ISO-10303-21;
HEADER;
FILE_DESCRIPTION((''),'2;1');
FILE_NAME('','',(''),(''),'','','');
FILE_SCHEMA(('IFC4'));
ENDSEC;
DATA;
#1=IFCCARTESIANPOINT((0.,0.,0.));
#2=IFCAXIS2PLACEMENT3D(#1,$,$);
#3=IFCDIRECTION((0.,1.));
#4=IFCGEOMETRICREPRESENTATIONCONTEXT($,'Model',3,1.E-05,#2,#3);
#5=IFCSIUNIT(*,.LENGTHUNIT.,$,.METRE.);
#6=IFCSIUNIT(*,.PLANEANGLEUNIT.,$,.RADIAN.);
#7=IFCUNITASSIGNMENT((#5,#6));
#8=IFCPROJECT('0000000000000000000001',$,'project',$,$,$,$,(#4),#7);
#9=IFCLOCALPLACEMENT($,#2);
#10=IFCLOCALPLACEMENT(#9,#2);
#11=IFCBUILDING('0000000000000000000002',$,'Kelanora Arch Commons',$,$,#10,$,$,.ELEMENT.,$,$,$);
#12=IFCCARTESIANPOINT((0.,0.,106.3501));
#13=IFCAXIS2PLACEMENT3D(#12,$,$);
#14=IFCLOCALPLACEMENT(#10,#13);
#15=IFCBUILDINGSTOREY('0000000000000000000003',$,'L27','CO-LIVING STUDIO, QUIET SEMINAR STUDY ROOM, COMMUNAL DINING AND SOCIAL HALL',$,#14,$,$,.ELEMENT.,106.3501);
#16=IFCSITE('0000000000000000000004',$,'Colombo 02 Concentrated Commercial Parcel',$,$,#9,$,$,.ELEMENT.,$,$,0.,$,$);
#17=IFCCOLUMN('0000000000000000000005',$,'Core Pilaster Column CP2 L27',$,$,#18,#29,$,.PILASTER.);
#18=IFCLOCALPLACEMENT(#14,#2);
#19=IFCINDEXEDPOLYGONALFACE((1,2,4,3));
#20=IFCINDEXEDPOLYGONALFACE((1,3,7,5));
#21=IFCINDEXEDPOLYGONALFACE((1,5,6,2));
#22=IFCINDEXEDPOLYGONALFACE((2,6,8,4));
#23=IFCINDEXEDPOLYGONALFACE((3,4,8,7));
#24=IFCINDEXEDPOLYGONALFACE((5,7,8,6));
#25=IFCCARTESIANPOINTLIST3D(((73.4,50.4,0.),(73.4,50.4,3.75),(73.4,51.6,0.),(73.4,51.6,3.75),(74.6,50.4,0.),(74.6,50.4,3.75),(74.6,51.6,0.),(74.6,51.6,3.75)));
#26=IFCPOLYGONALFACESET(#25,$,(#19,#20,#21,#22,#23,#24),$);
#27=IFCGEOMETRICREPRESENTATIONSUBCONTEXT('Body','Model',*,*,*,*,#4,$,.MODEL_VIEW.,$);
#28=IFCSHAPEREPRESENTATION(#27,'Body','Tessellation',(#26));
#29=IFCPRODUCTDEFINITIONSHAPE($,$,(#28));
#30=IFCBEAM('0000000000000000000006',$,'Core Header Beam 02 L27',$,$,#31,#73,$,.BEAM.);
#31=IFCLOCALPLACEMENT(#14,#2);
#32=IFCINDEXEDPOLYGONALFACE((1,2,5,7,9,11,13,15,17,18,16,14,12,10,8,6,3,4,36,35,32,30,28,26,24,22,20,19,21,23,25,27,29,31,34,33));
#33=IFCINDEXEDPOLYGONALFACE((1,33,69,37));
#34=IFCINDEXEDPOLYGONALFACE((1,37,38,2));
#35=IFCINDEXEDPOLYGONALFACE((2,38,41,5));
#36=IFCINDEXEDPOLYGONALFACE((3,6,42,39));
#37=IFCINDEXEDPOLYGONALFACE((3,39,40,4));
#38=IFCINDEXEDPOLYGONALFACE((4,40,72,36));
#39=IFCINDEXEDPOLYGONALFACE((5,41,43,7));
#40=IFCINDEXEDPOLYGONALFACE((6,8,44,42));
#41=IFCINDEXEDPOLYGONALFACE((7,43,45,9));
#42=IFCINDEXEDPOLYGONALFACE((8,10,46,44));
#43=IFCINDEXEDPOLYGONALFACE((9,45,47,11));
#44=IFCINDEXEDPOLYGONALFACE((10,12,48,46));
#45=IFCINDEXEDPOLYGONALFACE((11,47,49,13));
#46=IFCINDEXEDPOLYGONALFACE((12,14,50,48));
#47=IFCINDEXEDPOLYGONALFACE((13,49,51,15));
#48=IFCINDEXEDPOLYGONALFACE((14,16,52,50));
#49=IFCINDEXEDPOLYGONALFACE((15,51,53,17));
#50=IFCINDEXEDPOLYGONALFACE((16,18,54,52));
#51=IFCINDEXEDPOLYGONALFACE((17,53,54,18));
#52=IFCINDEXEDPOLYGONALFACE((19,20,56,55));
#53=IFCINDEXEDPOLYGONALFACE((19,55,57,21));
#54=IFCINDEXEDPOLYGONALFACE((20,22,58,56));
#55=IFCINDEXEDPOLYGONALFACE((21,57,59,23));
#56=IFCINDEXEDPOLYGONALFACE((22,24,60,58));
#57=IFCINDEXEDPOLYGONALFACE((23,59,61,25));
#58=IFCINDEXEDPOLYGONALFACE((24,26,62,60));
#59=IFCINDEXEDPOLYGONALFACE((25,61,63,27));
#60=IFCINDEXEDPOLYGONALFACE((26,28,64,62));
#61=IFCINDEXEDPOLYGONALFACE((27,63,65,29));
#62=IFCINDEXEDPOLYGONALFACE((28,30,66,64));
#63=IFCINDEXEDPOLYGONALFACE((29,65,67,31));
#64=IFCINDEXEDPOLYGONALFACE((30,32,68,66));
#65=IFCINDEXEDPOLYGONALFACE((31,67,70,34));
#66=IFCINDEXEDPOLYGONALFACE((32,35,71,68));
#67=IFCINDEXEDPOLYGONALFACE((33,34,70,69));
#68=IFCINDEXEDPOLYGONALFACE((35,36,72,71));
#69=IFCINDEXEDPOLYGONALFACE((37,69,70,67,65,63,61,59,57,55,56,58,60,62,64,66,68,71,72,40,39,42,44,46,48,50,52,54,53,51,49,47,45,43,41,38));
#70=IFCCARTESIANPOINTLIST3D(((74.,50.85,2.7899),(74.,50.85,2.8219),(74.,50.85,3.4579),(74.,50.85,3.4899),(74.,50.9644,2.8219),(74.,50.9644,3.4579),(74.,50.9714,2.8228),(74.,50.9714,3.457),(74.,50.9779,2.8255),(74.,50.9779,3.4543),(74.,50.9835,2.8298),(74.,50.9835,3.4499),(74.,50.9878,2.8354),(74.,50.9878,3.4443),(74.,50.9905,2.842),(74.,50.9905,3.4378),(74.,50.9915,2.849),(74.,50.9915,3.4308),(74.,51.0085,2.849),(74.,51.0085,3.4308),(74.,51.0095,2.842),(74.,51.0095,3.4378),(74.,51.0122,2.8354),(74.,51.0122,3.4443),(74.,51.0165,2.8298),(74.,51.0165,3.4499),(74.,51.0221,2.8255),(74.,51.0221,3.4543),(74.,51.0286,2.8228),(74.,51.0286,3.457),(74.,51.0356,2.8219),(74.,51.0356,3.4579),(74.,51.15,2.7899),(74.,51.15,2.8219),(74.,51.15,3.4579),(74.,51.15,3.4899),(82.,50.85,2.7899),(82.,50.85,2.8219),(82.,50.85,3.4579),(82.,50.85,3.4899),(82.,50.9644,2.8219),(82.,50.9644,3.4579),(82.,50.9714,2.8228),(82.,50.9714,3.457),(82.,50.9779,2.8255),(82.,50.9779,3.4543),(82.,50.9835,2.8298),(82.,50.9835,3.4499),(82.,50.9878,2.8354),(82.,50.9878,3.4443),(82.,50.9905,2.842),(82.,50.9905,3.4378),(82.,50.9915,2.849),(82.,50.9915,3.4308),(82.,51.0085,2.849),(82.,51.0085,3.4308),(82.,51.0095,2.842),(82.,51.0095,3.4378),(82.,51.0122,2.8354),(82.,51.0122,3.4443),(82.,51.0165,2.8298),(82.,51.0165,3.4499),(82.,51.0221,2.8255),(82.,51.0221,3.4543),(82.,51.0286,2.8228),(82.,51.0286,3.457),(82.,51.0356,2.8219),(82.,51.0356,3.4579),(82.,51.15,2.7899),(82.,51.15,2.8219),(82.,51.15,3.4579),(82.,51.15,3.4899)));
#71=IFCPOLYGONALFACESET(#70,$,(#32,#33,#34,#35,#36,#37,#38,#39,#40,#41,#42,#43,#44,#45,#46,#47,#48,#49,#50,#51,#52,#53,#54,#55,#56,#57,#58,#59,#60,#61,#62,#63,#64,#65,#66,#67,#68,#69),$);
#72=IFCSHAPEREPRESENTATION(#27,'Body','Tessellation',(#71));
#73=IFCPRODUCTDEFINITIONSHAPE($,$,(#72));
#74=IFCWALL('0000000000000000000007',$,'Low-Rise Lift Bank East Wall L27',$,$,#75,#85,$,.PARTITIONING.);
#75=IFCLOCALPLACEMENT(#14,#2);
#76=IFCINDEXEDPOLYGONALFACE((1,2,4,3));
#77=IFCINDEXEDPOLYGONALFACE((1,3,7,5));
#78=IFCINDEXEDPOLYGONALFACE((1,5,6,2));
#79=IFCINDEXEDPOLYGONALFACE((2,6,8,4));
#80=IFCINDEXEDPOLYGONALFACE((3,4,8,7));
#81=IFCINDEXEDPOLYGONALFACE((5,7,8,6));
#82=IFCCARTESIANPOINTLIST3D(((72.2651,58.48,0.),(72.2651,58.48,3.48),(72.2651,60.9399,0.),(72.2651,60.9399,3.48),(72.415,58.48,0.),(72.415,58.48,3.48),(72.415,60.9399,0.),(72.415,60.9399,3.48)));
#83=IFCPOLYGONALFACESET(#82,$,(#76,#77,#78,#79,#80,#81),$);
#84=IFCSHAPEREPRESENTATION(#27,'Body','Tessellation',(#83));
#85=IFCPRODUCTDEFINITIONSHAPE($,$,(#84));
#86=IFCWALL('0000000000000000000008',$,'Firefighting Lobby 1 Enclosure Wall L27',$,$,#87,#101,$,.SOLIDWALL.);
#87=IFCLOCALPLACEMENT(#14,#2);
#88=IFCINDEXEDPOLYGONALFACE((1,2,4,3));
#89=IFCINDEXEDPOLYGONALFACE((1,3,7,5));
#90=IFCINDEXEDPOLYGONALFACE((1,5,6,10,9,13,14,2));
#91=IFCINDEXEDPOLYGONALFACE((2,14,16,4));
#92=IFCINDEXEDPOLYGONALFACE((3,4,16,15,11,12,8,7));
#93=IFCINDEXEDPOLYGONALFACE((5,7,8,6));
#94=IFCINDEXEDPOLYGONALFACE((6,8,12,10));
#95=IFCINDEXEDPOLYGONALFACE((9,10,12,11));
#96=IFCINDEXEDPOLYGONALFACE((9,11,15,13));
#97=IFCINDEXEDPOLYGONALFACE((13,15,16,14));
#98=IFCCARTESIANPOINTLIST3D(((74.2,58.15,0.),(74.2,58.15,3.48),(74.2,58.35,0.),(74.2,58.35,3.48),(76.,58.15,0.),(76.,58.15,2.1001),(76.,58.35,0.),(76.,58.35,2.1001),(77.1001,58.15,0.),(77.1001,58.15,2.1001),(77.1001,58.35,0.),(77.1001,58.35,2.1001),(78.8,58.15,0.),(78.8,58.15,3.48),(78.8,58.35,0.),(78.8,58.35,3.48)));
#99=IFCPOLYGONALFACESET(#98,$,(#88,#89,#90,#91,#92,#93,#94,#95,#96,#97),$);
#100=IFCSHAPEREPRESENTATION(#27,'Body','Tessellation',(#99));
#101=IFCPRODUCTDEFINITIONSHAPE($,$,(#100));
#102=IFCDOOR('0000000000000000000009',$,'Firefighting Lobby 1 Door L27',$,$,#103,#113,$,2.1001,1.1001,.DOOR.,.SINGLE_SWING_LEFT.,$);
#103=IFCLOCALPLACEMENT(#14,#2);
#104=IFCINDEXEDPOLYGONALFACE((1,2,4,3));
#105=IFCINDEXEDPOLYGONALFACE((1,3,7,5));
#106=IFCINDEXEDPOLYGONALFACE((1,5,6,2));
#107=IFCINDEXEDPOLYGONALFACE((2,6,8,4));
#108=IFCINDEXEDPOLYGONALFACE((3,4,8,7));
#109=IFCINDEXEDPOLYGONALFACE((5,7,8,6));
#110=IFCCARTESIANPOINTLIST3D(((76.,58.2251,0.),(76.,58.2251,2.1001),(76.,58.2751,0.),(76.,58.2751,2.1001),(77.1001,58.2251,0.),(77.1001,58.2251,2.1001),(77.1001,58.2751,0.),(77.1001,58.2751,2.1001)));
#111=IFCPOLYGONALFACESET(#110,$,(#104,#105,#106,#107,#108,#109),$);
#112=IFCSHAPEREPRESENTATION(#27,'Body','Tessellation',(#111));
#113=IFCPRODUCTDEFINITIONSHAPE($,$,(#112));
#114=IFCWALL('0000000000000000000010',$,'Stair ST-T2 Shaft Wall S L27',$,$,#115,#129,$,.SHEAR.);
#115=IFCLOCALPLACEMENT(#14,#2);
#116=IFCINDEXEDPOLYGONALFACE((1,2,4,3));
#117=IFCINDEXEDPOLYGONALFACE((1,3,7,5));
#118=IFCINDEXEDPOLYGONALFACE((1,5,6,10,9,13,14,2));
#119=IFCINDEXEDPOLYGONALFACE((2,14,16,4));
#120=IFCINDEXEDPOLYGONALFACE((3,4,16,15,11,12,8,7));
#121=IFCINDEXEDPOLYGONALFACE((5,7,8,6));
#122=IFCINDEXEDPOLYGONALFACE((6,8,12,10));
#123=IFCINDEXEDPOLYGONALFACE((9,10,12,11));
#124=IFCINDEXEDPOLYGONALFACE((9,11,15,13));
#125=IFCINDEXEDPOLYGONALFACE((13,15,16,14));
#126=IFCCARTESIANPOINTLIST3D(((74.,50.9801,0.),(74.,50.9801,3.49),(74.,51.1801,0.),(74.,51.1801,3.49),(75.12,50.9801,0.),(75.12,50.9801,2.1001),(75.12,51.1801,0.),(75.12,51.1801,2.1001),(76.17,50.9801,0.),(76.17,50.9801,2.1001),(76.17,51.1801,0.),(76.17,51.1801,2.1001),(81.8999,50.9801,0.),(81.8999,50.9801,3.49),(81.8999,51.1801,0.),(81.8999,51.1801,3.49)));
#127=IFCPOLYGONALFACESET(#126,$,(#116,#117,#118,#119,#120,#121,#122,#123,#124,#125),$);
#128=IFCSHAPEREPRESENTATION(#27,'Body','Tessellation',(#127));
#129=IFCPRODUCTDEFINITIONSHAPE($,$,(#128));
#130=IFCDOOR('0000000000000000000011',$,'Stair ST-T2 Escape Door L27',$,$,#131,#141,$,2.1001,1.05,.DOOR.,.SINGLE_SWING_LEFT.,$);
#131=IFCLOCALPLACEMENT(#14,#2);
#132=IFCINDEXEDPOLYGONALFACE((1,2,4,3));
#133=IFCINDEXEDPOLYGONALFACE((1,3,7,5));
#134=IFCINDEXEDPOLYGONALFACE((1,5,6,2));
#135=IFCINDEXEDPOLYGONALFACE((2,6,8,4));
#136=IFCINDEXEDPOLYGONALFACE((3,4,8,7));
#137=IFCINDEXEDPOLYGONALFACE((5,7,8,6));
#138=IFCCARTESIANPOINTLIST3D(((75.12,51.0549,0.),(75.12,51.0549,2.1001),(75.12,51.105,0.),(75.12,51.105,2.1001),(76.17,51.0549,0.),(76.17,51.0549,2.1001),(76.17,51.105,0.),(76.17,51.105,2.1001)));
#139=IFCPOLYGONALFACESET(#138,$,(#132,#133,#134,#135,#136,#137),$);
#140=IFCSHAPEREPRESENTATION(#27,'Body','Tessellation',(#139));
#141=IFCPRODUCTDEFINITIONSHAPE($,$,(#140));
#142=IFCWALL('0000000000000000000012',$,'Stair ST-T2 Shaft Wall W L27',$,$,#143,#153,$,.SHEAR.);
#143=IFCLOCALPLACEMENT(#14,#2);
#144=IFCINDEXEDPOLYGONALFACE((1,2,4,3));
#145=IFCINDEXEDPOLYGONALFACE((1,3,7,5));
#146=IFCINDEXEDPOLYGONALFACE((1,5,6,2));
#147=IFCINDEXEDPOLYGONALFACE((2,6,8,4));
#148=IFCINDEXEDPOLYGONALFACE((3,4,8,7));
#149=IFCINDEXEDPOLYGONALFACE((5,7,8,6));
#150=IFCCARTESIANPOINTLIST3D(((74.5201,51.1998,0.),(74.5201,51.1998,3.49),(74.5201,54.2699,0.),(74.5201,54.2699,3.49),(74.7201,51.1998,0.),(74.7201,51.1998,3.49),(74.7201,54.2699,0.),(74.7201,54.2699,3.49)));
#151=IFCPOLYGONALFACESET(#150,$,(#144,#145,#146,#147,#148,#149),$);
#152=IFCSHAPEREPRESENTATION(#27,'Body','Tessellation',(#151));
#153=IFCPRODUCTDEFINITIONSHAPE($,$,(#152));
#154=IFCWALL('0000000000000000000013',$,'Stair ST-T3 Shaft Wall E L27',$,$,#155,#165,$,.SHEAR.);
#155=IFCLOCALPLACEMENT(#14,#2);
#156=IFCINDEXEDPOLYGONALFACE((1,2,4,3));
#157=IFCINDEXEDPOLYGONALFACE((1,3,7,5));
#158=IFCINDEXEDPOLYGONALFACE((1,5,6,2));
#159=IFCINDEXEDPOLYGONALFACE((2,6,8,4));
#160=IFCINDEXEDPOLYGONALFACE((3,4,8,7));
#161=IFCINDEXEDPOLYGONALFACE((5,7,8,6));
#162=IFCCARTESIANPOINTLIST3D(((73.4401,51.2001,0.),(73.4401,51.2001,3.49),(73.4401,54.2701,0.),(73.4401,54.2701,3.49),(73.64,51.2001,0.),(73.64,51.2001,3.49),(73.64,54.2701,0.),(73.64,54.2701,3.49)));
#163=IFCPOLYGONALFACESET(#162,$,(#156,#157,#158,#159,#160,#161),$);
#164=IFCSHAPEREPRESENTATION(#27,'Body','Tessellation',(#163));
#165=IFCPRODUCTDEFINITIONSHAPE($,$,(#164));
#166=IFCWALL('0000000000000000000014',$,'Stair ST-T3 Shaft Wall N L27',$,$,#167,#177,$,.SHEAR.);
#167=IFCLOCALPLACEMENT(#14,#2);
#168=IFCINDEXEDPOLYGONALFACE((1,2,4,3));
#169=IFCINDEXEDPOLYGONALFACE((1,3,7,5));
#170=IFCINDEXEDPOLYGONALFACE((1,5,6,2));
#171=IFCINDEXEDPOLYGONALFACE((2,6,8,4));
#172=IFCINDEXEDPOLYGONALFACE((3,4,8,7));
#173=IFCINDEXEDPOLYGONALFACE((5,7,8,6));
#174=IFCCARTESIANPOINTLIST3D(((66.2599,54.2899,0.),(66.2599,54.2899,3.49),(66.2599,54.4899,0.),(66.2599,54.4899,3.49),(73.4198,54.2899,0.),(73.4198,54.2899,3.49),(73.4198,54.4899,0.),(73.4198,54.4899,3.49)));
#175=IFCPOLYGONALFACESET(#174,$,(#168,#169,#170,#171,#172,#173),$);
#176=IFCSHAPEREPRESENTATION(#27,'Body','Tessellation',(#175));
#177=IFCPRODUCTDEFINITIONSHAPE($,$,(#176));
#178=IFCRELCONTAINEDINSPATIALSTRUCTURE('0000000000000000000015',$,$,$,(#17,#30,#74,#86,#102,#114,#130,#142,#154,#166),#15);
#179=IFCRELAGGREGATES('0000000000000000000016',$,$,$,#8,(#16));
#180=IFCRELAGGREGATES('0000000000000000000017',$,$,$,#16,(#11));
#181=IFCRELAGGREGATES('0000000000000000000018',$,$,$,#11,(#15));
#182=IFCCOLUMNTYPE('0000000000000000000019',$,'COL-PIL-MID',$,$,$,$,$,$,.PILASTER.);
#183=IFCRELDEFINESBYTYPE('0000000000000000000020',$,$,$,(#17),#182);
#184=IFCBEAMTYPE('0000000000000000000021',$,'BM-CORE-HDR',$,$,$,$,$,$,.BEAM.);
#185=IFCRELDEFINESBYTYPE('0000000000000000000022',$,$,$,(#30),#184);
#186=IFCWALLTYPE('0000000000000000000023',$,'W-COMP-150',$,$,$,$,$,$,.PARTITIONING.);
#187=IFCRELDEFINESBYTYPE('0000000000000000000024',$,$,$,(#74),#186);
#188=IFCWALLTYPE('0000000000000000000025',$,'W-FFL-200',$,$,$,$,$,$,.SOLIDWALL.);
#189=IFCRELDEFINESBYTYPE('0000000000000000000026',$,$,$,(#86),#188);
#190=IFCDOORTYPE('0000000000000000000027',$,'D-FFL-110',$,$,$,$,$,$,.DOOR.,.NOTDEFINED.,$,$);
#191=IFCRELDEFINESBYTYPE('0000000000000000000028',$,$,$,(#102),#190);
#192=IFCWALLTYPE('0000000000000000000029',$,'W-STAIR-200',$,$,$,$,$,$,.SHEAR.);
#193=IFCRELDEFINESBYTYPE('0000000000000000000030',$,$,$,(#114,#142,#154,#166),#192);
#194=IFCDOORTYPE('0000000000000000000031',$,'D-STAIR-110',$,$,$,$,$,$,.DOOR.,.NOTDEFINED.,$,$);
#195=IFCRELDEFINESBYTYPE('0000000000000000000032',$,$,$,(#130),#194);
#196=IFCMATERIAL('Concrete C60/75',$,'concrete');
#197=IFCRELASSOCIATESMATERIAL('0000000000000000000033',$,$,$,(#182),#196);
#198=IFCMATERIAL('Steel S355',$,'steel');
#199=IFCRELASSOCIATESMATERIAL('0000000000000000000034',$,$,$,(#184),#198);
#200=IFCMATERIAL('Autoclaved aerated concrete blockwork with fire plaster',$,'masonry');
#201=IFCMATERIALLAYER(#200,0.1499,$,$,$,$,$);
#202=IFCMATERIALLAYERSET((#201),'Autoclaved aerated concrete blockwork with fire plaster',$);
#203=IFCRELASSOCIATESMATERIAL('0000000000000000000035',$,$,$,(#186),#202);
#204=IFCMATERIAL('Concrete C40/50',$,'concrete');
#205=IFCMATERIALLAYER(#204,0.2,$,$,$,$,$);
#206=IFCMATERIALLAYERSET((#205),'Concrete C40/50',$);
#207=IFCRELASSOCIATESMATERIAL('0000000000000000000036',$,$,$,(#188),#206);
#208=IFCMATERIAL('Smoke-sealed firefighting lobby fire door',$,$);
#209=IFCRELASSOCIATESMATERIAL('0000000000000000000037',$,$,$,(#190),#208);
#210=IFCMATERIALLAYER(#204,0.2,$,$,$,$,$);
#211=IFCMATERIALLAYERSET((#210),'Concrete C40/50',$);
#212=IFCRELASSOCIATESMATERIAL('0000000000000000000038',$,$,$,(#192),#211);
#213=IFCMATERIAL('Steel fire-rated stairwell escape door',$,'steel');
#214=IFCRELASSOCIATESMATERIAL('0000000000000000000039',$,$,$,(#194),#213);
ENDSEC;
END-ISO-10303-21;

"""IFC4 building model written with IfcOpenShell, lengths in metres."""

from ifc_helpers import new_model, si_unit, direction, frame, frame_2d, origin, origin_2d, place, context, subcontext, project, spatial, rectangle, i_section, extrude, material, layer, layer_set, material_profile, profile_set, type_object, element, fill, save


model = new_model("IFC4")

# Units and contexts
model_context = context("Model", 3, precision=1e-05, world=origin(), true_north=direction((0.0, 1.0)))
body_context = subcontext(model_context, "Body", "Model", "MODEL_VIEW")
ifc_project = project(units=[si_unit("LENGTHUNIT", "METRE"), si_unit("PLANEANGLEUNIT", "RADIAN")], contexts=[model_context])

# Site, building, storey
site_placement = place(None, origin())
site = spatial("IfcSite", under=ifc_project, at=site_placement, Name="Colombo 02 Concentrated Commercial Parcel", CompositionType="ELEMENT", RefElevation=0.0)
building_placement = place(site_placement, origin())
building = spatial("IfcBuilding", under=site, at=building_placement, Name="Kelanora Arch Commons", CompositionType="ELEMENT")
storey_placement = place(building_placement, frame((0.0, 0.0, 106.3501)))
storey = spatial("IfcBuildingStorey", under=building, at=storey_placement, Name="L27", Description="CO-LIVING STUDIO, QUIET SEMINAR STUDY ROOM, COMMUNAL DINING AND SOCIAL HALL", CompositionType="ELEMENT", Elevation=106.3501)

# Column
ifc_material_1 = material(Name="Concrete C60/75", Category="concrete")
ifc_material_profile_1 = material_profile(ifc_material_1, rectangle(XDim=1.2, YDim=1.2, at=origin_2d()), Name="RC1200x1200")
ifc_profile_set_1 = profile_set([ifc_material_profile_1], Name="Concrete C60/75")
column_type = type_object("IfcColumnType", Name="COL-PIL-MID", PredefinedType="PILASTER", material=ifc_profile_set_1)
column_placement = place(storey_placement, frame((74.0, 51.0, 0.0), z_axis=(0.0, 0.0, 1.0), x_axis=(1.0, 0.0, 0.0)))
element("IfcColumn", 1, at=column_placement, inside=storey, type_object=column_type, Name="Core Pilaster Column CP2 L27", PredefinedType="PILASTER", context=body_context, shape_type="SweptSolid", body=[
    extrude(rectangle(XDim=1.2, YDim=1.2, at=origin_2d()), origin(), (0.0, 0.0, 1.0), 3.75),
])

# Beam
ifc_material_2 = material(Name="Steel S355", Category="steel")
ifc_material_profile_2 = material_profile(ifc_material_2, i_section(OverallWidth=0.3, OverallDepth=0.7, WebThickness=0.0171, FlangeThickness=0.032, FilletRadius=0.0271, at=origin_2d()), Name="HEB700")
ifc_profile_set_2 = profile_set([ifc_material_profile_2], Name="Steel S355")
beam_type = type_object("IfcBeamType", Name="BM-CORE-HDR", PredefinedType="BEAM", material=ifc_profile_set_2)
beam_placement = place(storey_placement, frame((74.0, 51.0, 3.1399), z_axis=(1.0, 0.0, 0.0), x_axis=(0.0, 1.0, 0.0)))
element("IfcBeam", 2, at=beam_placement, inside=storey, type_object=beam_type, Name="Core Header Beam 02 L27", PredefinedType="BEAM", context=body_context, shape_type="SweptSolid", body=[
    extrude(i_section(OverallWidth=0.3, OverallDepth=0.7, WebThickness=0.0171, FlangeThickness=0.032, FilletRadius=0.0271, at=origin_2d()), origin(), (0.0, 0.0, 1.0), 8.0),
])

# Wall
ifc_material_3 = material(Name="Autoclaved aerated concrete blockwork with fire plaster", Category="masonry")
ifc_layer_1 = layer(ifc_material_3, 0.1499)
ifc_layer_set_1 = layer_set([ifc_layer_1], Name="Autoclaved aerated concrete blockwork with fire plaster")
wall_type_1 = type_object("IfcWallType", Name="W-COMP-150", PredefinedType="PARTITIONING", material=ifc_layer_set_1)
wall_1_placement = place(storey_placement, frame((72.3401, 58.48, 0.0), z_axis=(0.0, 0.0, 1.0), x_axis=(0.0, 1.0, 0.0)))
element("IfcWall", 3, at=wall_1_placement, inside=storey, type_object=wall_type_1, Name="Low-Rise Lift Bank East Wall L27", PredefinedType="PARTITIONING", context=body_context, shape_type="SweptSolid", body=[
    extrude(rectangle(XDim=2.46, YDim=0.1499, at=frame_2d((1.23, 0.0))), origin(), (0.0, 0.0, 1.0), 3.48),
])

# Walls, openings, doors
ifc_material_4 = material(Name="Concrete C40/50", Category="concrete")
ifc_layer_2 = layer(ifc_material_4, 0.2)
ifc_layer_set_2 = layer_set([ifc_layer_2], Name="Concrete C40/50")
wall_type_2 = type_object("IfcWallType", Name="W-FFL-200", PredefinedType="SOLIDWALL", material=ifc_layer_set_2)
wall_2_placement = place(storey_placement, frame((74.2, 58.25, 0.0), z_axis=(0.0, 0.0, 1.0), x_axis=(1.0, 0.0, 0.0)))
wall_2 = element("IfcWall", 4, at=wall_2_placement, inside=storey, type_object=wall_type_2, Name="Firefighting Lobby 1 Enclosure Wall L27", PredefinedType="SOLIDWALL", context=body_context, shape_type="SweptSolid", body=[
    extrude(rectangle(XDim=4.6001, YDim=0.2, at=frame_2d((2.3, 0.0))), origin(), (0.0, 0.0, 1.0), 3.48),
])
opening_1_placement = place(wall_2_placement, frame((1.8, 0.0, 0.0)))
opening_1 = element("IfcOpeningElement", 5, at=opening_1_placement, cuts=wall_2, PredefinedType="OPENING", context=body_context, shape_type="SweptSolid", body=[
    extrude(rectangle(XDim=1.1001, YDim=2.1001, at=frame_2d((0.55, 1.05))), frame((0.0, 0.1099, 0.0), z_axis=(0.0, -1.0, 0.0), x_axis=(1.0, 0.0, 0.0)), (0.0, 0.0, 1.0), 0.22),
])
ifc_material_5 = material(Name="Smoke-sealed firefighting lobby fire door")
door_type_1 = type_object("IfcDoorType", Name="D-FFL-110", OperationType="NOTDEFINED", PredefinedType="DOOR", material=ifc_material_5)
door_1_placement = place(opening_1_placement, frame((1.1001, 0.0, 0.0), z_axis=(0.0, 0.0, 1.0), x_axis=(-1.0, 0.0, 0.0)))
door_1 = element("IfcDoor", 6, at=door_1_placement, inside=storey, type_object=door_type_1, Name="Firefighting Lobby 1 Door L27", OperationType="SINGLE_SWING_LEFT", OverallHeight=2.1001, OverallWidth=1.1001, PredefinedType="DOOR", context=body_context, shape_type="SweptSolid", body=[
    extrude(rectangle(XDim=1.1001, YDim=2.1001, at=frame_2d((0.55, 1.05))), frame((0.0, 0.0249, 0.0), z_axis=(0.0, -1.0, 0.0), x_axis=(1.0, 0.0, 0.0)), (0.0, 0.0, 1.0), 0.05),
])
fill(opening_1, door_1)
ifc_layer_3 = layer(ifc_material_4, 0.2)
ifc_layer_set_3 = layer_set([ifc_layer_3], Name="Concrete C40/50")
wall_type_3 = type_object("IfcWallType", Name="W-STAIR-200", PredefinedType="SHEAR", material=ifc_layer_set_3)
wall_3_placement = place(storey_placement, frame((74.0, 51.0801, 0.0), z_axis=(0.0, 0.0, 1.0), x_axis=(1.0, 0.0, 0.0)))
wall_3 = element("IfcWall", 7, at=wall_3_placement, inside=storey, type_object=wall_type_3, Name="Stair ST-T2 Shaft Wall S L27", PredefinedType="SHEAR", context=body_context, shape_type="SweptSolid", body=[
    extrude(rectangle(XDim=7.8999, YDim=0.2, at=frame_2d((3.95, 0.0))), origin(), (0.0, 0.0, 1.0), 3.49),
])
opening_2_placement = place(wall_3_placement, frame((1.1201, 0.0, 0.0)))
opening_2 = element("IfcOpeningElement", 8, at=opening_2_placement, cuts=wall_3, PredefinedType="OPENING", context=body_context, shape_type="SweptSolid", body=[
    extrude(rectangle(XDim=1.05, YDim=2.1001, at=frame_2d((0.5249, 1.05))), frame((0.0, 0.1099, 0.0), z_axis=(0.0, -1.0, 0.0), x_axis=(1.0, 0.0, 0.0)), (0.0, 0.0, 1.0), 0.22),
])
ifc_material_6 = material(Name="Steel fire-rated stairwell escape door", Category="steel")
door_type_2 = type_object("IfcDoorType", Name="D-STAIR-110", OperationType="NOTDEFINED", PredefinedType="DOOR", material=ifc_material_6)
door_2_placement = place(opening_2_placement, origin())
door_2 = element("IfcDoor", 9, at=door_2_placement, inside=storey, type_object=door_type_2, Name="Stair ST-T2 Escape Door L27", OperationType="SINGLE_SWING_LEFT", OverallHeight=2.1001, OverallWidth=1.05, PredefinedType="DOOR", context=body_context, shape_type="SweptSolid", body=[
    extrude(rectangle(XDim=1.05, YDim=2.1001, at=frame_2d((0.5249, 1.05))), frame((0.0, 0.0249, 0.0), z_axis=(0.0, -1.0, 0.0), x_axis=(1.0, 0.0, 0.0)), (0.0, 0.0, 1.0), 0.05),
])
fill(opening_2, door_2)

# Walls
for number, where, z_axis, x_axis, name in (
    (10, (74.6201, 54.27, 0.0), (0.0, 0.0, 1.0), (0.0, -1.0, 0.0), "Stair ST-T2 Shaft Wall W L27"),
    (11, (73.54, 51.2, 0.0), (0.0, 0.0, 1.0), (0.0, 1.0, 0.0), "Stair ST-T3 Shaft Wall E L27"),
):
    element("IfcWall", number, at=place(storey_placement, frame(where, z_axis=z_axis, x_axis=x_axis)), inside=storey, type_object=wall_type_3, Name=name, PredefinedType="SHEAR", context=body_context, shape_type="SweptSolid", body=[
        extrude(rectangle(XDim=3.0701, YDim=0.2, at=frame_2d((1.5352, 0.0))), origin(), (0.0, 0.0, 1.0), 3.49),
    ])
wall_4_placement = place(storey_placement, frame((73.4199, 54.3899, 0.0), z_axis=(0.0, 0.0, 1.0), x_axis=(-1.0, 0.0, 0.0)))
element("IfcWall", 12, at=wall_4_placement, inside=storey, type_object=wall_type_3, Name="Stair ST-T3 Shaft Wall N L27", PredefinedType="SHEAR", context=body_context, shape_type="SweptSolid", body=[
    extrude(rectangle(XDim=7.1599, YDim=0.2, at=frame_2d((3.5801, 0.0))), origin(), (0.0, 0.0, 1.0), 3.49),
])

save(model, "model.ifc")
